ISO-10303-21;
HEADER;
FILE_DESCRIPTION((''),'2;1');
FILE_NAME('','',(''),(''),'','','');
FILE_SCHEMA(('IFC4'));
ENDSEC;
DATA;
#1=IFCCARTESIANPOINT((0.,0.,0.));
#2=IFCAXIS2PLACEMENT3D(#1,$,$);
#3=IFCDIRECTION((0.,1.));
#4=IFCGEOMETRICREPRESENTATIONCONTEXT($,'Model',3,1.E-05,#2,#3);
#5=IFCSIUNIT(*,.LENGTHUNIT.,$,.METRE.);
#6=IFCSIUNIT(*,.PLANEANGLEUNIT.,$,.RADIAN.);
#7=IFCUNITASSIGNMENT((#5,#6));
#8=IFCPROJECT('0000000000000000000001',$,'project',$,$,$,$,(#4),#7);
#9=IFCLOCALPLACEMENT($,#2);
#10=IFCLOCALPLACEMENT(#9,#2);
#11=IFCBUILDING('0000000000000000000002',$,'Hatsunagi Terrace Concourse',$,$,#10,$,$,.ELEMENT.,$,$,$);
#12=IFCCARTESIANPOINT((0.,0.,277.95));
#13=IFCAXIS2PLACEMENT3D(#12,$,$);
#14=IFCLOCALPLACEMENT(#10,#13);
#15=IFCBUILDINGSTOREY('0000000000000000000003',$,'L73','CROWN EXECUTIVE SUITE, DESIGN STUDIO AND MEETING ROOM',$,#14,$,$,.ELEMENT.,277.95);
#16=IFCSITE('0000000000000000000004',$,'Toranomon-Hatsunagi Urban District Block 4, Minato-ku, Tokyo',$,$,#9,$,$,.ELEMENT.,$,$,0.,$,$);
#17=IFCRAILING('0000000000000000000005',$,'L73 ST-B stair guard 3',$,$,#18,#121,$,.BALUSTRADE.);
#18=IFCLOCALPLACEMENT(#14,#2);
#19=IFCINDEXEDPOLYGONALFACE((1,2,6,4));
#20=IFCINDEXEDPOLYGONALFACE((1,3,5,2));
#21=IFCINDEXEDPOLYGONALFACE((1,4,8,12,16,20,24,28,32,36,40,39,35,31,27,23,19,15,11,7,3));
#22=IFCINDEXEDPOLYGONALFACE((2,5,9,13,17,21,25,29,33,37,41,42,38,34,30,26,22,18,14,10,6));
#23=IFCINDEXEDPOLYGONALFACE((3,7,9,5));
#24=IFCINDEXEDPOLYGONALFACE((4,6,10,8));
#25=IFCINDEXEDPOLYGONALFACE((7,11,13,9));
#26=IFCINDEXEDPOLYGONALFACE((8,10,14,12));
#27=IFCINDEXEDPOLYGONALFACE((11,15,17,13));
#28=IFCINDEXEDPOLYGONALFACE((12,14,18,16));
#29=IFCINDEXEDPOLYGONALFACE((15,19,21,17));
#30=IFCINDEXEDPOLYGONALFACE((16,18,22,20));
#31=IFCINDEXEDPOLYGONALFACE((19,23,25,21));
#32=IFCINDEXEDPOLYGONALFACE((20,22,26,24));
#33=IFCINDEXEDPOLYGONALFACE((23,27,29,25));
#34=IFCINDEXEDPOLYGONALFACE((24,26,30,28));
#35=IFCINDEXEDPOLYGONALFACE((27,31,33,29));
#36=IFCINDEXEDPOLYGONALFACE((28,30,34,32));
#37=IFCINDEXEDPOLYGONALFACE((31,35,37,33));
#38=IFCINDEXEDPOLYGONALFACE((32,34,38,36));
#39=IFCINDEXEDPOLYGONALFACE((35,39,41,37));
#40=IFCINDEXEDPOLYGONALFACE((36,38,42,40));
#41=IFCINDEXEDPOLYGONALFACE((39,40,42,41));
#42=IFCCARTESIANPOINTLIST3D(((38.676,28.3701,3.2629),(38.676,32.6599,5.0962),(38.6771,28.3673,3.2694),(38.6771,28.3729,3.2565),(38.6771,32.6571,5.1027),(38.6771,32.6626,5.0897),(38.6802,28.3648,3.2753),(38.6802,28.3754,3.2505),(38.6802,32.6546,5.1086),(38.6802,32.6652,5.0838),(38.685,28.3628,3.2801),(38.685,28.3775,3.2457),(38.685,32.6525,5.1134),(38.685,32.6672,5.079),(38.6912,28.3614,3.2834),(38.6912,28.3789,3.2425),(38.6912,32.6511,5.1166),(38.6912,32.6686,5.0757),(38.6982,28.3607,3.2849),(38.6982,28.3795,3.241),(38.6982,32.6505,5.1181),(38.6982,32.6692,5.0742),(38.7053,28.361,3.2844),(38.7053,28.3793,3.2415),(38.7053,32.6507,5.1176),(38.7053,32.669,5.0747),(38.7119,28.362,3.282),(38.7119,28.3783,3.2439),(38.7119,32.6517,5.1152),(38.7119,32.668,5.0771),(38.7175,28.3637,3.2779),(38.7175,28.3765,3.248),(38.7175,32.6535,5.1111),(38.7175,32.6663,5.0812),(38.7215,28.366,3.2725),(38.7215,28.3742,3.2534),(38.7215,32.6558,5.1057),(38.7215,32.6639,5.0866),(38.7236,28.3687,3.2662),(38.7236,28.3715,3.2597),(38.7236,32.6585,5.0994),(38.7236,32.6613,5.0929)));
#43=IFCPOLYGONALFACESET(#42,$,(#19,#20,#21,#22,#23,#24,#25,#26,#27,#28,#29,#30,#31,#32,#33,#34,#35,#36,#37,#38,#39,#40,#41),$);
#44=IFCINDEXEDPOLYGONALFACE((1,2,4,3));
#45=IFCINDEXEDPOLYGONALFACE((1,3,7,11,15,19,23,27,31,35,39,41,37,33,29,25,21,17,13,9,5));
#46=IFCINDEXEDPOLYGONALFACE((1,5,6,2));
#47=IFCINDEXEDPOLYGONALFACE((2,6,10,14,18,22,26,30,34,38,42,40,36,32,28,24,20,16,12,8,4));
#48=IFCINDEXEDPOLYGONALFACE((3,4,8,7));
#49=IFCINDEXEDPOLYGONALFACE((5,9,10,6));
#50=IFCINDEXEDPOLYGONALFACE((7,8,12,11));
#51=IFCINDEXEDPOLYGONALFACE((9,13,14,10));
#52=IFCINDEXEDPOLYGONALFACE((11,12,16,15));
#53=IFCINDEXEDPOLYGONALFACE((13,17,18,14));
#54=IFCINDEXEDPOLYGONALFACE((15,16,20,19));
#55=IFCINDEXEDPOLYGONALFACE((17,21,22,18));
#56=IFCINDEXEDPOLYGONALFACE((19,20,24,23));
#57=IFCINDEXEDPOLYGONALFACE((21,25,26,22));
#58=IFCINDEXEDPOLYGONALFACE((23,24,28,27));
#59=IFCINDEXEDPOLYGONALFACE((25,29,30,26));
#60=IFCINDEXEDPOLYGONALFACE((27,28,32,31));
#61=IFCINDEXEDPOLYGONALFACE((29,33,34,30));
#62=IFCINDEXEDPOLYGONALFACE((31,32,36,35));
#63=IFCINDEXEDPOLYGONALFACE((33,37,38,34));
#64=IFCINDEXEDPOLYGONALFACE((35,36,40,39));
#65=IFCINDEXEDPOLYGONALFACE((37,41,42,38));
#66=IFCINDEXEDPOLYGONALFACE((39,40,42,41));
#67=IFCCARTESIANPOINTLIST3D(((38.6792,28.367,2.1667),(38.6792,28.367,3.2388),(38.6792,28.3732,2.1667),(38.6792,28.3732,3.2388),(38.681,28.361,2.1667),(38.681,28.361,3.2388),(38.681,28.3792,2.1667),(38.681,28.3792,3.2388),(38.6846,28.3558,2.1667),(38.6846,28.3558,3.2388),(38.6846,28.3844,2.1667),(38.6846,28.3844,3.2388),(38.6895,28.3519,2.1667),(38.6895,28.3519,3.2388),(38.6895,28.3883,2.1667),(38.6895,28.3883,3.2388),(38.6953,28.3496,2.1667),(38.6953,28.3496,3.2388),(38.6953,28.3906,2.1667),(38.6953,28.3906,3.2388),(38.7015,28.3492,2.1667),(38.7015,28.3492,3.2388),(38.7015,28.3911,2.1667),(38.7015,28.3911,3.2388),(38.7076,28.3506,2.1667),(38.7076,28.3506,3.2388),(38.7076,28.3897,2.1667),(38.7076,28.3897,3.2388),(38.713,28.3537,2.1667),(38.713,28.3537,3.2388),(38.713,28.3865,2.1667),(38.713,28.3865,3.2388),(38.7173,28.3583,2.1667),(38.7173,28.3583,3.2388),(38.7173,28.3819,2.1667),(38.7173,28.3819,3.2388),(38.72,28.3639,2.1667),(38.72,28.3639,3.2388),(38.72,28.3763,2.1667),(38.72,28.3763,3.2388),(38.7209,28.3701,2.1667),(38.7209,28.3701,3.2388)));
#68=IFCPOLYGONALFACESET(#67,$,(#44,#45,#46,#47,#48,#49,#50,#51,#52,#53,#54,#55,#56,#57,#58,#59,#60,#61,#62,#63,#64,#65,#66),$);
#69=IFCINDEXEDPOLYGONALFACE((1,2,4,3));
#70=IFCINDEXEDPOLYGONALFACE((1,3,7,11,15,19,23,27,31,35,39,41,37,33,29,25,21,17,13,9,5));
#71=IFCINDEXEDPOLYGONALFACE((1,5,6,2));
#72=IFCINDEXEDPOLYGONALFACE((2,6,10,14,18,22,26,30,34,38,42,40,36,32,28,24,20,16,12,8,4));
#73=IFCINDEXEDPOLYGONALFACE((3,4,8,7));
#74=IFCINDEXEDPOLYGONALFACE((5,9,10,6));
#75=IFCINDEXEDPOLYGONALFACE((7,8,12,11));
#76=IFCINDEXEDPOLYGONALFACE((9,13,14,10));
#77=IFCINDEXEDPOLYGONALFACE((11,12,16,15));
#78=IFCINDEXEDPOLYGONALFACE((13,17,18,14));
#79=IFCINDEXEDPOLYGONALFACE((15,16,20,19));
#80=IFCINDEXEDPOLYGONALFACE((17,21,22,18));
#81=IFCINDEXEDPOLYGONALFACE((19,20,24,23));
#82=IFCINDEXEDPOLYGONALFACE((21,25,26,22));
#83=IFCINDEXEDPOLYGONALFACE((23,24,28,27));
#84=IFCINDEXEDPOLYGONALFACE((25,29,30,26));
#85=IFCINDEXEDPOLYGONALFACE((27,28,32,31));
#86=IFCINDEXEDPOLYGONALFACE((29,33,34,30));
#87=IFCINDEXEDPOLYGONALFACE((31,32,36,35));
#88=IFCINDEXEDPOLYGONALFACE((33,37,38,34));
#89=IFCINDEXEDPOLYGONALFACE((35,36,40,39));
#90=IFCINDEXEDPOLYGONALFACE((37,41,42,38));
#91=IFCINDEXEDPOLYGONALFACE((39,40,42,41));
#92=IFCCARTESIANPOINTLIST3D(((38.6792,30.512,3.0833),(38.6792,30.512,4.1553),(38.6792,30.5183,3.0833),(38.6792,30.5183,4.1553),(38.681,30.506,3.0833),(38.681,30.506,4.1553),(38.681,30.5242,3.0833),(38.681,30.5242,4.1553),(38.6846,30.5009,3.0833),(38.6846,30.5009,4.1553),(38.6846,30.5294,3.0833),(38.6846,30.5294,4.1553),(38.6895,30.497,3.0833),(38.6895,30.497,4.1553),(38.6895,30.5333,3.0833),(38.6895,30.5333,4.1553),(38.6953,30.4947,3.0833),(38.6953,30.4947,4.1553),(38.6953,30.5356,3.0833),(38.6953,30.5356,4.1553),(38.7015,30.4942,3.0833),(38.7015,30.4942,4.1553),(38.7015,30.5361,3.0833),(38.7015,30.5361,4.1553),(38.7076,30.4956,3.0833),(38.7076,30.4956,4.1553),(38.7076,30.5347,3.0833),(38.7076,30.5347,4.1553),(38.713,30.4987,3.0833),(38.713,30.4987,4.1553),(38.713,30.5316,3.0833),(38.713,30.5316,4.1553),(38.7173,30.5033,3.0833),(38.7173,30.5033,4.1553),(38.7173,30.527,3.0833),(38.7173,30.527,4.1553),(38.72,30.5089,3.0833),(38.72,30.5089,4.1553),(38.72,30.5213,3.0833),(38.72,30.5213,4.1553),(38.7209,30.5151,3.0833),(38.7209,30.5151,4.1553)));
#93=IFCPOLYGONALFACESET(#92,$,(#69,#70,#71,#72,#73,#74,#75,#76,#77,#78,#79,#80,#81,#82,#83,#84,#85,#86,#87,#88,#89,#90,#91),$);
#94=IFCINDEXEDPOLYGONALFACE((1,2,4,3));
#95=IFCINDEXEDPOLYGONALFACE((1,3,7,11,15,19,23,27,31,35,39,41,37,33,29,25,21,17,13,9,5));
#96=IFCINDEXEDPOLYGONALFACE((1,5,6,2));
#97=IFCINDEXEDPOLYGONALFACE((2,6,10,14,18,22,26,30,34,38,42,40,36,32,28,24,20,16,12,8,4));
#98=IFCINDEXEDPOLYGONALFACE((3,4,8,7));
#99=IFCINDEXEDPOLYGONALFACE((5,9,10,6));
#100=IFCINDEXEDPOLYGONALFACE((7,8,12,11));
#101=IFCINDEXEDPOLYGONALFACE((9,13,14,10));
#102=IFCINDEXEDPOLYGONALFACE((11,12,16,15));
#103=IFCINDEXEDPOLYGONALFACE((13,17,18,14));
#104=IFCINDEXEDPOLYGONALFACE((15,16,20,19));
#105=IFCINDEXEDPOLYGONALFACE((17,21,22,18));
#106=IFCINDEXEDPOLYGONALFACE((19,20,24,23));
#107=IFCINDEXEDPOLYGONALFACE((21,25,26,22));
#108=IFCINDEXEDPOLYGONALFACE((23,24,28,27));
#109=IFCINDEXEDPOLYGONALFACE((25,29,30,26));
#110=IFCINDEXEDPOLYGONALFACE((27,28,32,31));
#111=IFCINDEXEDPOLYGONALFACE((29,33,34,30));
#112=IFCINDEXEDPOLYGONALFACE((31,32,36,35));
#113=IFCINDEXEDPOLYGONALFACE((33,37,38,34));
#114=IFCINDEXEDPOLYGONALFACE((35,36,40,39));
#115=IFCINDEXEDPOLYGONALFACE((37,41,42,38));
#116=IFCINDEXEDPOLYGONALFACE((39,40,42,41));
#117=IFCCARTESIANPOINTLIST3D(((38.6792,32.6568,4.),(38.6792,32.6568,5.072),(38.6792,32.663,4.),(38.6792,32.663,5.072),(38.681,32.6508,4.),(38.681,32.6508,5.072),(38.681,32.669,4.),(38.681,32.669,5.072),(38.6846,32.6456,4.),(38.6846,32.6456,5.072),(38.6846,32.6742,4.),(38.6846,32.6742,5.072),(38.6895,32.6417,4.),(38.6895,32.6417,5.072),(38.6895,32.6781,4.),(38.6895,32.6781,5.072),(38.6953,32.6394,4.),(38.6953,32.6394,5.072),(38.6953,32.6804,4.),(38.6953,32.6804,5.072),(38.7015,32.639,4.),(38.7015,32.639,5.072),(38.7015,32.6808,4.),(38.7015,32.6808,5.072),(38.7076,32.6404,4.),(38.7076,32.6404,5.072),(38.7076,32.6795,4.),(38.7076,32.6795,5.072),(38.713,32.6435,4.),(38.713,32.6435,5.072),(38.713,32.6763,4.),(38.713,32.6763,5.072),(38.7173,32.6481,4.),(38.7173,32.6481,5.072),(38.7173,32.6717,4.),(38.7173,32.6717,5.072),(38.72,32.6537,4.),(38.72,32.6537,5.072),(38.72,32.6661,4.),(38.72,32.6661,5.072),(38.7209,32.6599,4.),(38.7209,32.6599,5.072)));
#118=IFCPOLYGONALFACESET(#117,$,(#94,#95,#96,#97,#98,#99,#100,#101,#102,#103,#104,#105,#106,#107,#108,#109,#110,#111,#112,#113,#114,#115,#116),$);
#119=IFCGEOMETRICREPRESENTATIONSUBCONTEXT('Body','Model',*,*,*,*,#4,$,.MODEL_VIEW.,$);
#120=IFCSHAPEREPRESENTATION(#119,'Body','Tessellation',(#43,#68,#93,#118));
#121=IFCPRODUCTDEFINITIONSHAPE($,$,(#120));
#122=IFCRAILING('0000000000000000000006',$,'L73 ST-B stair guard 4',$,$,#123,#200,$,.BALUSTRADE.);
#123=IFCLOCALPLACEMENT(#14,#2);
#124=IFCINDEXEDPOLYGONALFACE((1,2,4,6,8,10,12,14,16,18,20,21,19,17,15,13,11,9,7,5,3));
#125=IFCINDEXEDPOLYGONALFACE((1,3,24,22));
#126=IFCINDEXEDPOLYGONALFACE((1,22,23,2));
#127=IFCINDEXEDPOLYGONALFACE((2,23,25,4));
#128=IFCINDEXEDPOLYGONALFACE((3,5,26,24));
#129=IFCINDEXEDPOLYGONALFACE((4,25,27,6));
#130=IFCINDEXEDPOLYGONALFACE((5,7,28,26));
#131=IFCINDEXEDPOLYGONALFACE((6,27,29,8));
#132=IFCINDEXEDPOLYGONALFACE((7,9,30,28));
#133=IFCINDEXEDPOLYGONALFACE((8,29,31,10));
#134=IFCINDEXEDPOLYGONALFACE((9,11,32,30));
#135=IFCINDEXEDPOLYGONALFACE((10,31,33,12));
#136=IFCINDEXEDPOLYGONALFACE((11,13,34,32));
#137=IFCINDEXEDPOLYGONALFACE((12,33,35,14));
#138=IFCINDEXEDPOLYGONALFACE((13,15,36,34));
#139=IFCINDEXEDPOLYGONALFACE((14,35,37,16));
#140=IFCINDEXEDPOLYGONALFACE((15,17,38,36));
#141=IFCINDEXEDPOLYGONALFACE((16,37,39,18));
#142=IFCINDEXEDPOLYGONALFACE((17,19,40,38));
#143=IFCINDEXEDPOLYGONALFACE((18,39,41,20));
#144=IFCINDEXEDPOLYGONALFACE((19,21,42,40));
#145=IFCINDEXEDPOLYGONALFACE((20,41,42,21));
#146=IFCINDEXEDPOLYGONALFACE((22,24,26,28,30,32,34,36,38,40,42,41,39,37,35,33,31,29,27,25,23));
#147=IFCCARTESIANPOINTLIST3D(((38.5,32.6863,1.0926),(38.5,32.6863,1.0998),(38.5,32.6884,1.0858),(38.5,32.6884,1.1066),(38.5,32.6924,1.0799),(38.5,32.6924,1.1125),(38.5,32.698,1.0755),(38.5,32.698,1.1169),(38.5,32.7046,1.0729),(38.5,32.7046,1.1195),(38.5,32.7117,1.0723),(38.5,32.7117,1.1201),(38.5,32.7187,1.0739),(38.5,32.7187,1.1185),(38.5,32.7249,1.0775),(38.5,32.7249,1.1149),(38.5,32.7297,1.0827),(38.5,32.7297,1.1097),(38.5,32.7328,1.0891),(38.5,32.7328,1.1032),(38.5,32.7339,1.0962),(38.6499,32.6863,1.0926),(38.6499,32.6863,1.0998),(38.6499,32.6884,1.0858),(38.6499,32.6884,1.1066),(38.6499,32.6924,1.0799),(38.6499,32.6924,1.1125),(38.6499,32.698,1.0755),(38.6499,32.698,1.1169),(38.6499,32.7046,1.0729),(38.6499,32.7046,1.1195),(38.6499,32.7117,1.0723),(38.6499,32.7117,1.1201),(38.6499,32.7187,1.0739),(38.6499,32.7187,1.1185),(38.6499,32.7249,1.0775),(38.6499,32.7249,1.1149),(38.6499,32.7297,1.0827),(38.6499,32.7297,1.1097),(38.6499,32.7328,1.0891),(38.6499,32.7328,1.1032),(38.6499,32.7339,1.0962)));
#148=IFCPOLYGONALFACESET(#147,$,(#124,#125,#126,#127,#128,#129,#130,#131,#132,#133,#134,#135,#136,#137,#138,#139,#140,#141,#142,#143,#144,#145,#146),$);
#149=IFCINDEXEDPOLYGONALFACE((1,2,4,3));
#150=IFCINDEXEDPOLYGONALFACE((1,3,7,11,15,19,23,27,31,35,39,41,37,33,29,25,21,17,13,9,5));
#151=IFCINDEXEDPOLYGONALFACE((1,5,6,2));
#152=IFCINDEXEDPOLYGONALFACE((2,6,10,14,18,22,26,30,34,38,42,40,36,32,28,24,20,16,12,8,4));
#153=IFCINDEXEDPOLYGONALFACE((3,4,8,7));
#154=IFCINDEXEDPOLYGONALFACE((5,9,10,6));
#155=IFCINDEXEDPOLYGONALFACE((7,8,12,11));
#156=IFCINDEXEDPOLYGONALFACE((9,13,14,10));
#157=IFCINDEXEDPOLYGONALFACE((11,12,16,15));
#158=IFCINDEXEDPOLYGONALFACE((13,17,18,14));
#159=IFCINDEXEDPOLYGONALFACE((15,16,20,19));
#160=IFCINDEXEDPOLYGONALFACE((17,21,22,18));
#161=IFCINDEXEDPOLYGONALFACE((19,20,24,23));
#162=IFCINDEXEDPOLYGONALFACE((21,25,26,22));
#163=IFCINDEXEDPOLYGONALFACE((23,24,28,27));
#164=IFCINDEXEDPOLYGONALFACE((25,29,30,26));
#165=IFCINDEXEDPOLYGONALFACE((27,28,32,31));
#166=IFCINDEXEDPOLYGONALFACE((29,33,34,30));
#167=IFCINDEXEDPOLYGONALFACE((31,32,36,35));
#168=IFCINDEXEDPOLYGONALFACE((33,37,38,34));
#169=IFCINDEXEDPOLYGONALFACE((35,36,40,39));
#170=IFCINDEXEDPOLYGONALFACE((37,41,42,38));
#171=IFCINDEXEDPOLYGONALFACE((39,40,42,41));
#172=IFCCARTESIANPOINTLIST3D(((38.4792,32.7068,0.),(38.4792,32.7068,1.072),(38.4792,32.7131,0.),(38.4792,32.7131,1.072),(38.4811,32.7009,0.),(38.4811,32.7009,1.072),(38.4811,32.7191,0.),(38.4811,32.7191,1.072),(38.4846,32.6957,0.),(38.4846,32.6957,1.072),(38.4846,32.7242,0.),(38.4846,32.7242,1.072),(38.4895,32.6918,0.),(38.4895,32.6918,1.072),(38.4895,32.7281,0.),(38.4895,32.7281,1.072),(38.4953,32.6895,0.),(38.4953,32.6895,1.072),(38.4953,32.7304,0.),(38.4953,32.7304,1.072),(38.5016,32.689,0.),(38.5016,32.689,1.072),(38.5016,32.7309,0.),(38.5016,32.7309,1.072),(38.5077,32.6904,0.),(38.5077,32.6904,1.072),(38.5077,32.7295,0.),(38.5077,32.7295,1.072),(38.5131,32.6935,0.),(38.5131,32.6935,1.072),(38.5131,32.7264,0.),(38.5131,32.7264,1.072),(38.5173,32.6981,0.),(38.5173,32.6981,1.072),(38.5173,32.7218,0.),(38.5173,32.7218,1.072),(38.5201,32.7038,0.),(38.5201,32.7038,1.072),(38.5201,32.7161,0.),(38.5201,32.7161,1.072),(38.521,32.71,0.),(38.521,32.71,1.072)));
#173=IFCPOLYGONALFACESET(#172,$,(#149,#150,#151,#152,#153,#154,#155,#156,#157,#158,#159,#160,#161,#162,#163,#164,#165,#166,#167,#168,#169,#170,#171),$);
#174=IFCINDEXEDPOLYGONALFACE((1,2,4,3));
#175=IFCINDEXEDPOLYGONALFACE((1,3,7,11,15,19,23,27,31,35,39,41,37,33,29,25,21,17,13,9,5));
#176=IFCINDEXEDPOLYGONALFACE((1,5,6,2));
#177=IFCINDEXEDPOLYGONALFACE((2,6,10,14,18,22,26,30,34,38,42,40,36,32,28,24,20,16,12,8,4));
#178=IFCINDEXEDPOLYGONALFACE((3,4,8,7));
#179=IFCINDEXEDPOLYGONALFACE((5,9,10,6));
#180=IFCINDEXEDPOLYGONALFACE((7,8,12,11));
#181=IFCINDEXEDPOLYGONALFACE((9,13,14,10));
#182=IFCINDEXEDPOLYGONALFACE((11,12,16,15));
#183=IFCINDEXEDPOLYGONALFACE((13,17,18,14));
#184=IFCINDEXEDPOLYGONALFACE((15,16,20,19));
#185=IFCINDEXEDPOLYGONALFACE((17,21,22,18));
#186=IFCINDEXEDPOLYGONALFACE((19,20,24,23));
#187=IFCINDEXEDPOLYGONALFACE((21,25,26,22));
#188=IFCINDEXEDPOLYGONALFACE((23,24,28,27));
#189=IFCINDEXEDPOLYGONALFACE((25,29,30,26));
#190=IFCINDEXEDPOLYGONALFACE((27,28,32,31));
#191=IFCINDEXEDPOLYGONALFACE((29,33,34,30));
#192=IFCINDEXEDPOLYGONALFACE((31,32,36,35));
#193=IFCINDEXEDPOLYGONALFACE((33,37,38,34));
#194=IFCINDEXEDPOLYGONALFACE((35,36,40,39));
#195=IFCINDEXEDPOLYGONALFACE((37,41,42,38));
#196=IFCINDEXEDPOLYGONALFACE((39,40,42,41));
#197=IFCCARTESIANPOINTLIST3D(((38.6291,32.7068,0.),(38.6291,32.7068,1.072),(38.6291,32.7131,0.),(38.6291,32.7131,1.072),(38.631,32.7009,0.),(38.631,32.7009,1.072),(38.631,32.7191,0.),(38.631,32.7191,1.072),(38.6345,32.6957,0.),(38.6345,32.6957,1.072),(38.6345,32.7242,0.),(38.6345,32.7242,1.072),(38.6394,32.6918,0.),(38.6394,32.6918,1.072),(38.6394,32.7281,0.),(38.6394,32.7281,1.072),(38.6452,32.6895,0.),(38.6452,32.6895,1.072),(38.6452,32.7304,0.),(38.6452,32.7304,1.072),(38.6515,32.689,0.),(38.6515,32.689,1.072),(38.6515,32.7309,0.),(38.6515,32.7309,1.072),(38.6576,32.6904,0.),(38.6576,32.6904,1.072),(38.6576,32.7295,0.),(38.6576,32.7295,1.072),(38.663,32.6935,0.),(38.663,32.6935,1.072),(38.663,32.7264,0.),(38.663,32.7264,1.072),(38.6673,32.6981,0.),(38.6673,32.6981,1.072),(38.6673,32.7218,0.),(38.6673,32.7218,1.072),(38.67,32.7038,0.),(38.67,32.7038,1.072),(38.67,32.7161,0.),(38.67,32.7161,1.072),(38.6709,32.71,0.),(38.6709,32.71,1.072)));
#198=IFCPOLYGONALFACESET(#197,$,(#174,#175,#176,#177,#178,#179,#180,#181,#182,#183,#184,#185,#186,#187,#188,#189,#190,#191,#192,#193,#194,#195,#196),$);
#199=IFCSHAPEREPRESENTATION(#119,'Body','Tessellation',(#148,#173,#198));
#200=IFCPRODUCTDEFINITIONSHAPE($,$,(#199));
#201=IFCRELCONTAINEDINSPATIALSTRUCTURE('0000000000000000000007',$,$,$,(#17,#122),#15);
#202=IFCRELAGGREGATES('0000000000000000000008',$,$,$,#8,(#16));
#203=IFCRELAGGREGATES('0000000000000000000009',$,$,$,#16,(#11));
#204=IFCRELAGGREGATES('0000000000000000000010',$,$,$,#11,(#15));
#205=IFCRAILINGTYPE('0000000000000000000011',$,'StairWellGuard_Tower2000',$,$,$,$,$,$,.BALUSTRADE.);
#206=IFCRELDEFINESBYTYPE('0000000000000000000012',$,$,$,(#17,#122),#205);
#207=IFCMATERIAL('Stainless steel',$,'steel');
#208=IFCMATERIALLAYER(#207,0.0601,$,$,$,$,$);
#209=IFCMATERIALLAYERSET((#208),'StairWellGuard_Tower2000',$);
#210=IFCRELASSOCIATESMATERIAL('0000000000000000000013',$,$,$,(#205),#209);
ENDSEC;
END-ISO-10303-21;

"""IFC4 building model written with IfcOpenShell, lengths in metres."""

from ifc_helpers import new_model, si_unit, direction, frame, origin, origin_2d, place, context, subcontext, project, spatial, circle, extrude, material, layer, layer_set, type_object, element, save


model = new_model("IFC4")

# Units and contexts
model_context = context("Model", 3, precision=1e-05, world=origin(), true_north=direction((0.0, 1.0)))
body_context = subcontext(model_context, "Body", "Model", "MODEL_VIEW")
ifc_project = project(units=[si_unit("LENGTHUNIT", "METRE"), si_unit("PLANEANGLEUNIT", "RADIAN")], contexts=[model_context])

# Site, building, storey
site_placement = place(None, origin())
site = spatial("IfcSite", under=ifc_project, at=site_placement, Name="Toranomon-Hatsunagi Urban District Block 4, Minato-ku, Tokyo", CompositionType="ELEMENT", RefElevation=0.0)
building_placement = place(site_placement, origin())
building = spatial("IfcBuilding", under=site, at=building_placement, Name="Hatsunagi Terrace Concourse", CompositionType="ELEMENT")
storey_placement = place(building_placement, frame((0.0, 0.0, 277.95)))
storey = spatial("IfcBuildingStorey", under=building, at=storey_placement, Name="L73", Description="CROWN EXECUTIVE SUITE, DESIGN STUDIO AND MEETING ROOM", CompositionType="ELEMENT", Elevation=277.95)

# Railings
ifc_material_1 = material(Name="Stainless steel", Category="steel")
ifc_layer_1 = layer(ifc_material_1, 0.0601)
ifc_layer_set_1 = layer_set([ifc_layer_1], Name="StairWellGuard_Tower2000")
railing_type_1 = type_object("IfcRailingType", Name="StairWellGuard_Tower2000", PredefinedType="BALUSTRADE", material=ifc_layer_set_1)
railing_1_placement = place(storey_placement, frame((38.7, 28.3701, 2.1667)))
element("IfcRailing", 1, at=railing_1_placement, inside=storey, type_object=railing_type_1, Name="L73 ST-B stair guard 3", PredefinedType="BALUSTRADE", context=body_context, shape_type="SweptSolid", body=[
    extrude(circle(Radius=0.0239, at=origin_2d()), frame((0.0, 0.0, 1.0962), z_axis=(0.0, 0.919551, 0.392972), x_axis=(-1.0, 0.0, 0.0)), (0.0, 0.0, 1.0), 4.665),
    extrude(circle(Radius=0.021, at=origin_2d()), origin(), (0.0, 0.0, 1.0), 1.072),
    extrude(circle(Radius=0.021, at=origin_2d()), frame((0.0, 2.145, 0.9165)), (0.0, 0.0, 1.0), 1.072),
    extrude(circle(Radius=0.021, at=origin_2d()), frame((0.0, 4.2898, 1.8333)), (0.0, 0.0, 1.0), 1.072),
])
railing_2_placement = place(storey_placement, frame((38.5, 32.71, 0.0)))
element("IfcRailing", 2, at=railing_2_placement, inside=storey, type_object=railing_type_1, Name="L73 ST-B stair guard 4", PredefinedType="BALUSTRADE", context=body_context, shape_type="SweptSolid", body=[
    extrude(circle(Radius=0.0239, at=origin_2d()), frame((0.0, 0.0, 1.0962), z_axis=(1.0, 0.0, 0.0), x_axis=(0.0, 1.0, 0.0)), (0.0, 0.0, 1.0), 0.1499),
    extrude(circle(Radius=0.021, at=origin_2d()), origin(), (0.0, 0.0, 1.0), 1.072),
    extrude(circle(Radius=0.021, at=origin_2d()), frame((0.1499, 0.0, 0.0)), (0.0, 0.0, 1.0), 1.072),
])

save(model, "model.ifc")
